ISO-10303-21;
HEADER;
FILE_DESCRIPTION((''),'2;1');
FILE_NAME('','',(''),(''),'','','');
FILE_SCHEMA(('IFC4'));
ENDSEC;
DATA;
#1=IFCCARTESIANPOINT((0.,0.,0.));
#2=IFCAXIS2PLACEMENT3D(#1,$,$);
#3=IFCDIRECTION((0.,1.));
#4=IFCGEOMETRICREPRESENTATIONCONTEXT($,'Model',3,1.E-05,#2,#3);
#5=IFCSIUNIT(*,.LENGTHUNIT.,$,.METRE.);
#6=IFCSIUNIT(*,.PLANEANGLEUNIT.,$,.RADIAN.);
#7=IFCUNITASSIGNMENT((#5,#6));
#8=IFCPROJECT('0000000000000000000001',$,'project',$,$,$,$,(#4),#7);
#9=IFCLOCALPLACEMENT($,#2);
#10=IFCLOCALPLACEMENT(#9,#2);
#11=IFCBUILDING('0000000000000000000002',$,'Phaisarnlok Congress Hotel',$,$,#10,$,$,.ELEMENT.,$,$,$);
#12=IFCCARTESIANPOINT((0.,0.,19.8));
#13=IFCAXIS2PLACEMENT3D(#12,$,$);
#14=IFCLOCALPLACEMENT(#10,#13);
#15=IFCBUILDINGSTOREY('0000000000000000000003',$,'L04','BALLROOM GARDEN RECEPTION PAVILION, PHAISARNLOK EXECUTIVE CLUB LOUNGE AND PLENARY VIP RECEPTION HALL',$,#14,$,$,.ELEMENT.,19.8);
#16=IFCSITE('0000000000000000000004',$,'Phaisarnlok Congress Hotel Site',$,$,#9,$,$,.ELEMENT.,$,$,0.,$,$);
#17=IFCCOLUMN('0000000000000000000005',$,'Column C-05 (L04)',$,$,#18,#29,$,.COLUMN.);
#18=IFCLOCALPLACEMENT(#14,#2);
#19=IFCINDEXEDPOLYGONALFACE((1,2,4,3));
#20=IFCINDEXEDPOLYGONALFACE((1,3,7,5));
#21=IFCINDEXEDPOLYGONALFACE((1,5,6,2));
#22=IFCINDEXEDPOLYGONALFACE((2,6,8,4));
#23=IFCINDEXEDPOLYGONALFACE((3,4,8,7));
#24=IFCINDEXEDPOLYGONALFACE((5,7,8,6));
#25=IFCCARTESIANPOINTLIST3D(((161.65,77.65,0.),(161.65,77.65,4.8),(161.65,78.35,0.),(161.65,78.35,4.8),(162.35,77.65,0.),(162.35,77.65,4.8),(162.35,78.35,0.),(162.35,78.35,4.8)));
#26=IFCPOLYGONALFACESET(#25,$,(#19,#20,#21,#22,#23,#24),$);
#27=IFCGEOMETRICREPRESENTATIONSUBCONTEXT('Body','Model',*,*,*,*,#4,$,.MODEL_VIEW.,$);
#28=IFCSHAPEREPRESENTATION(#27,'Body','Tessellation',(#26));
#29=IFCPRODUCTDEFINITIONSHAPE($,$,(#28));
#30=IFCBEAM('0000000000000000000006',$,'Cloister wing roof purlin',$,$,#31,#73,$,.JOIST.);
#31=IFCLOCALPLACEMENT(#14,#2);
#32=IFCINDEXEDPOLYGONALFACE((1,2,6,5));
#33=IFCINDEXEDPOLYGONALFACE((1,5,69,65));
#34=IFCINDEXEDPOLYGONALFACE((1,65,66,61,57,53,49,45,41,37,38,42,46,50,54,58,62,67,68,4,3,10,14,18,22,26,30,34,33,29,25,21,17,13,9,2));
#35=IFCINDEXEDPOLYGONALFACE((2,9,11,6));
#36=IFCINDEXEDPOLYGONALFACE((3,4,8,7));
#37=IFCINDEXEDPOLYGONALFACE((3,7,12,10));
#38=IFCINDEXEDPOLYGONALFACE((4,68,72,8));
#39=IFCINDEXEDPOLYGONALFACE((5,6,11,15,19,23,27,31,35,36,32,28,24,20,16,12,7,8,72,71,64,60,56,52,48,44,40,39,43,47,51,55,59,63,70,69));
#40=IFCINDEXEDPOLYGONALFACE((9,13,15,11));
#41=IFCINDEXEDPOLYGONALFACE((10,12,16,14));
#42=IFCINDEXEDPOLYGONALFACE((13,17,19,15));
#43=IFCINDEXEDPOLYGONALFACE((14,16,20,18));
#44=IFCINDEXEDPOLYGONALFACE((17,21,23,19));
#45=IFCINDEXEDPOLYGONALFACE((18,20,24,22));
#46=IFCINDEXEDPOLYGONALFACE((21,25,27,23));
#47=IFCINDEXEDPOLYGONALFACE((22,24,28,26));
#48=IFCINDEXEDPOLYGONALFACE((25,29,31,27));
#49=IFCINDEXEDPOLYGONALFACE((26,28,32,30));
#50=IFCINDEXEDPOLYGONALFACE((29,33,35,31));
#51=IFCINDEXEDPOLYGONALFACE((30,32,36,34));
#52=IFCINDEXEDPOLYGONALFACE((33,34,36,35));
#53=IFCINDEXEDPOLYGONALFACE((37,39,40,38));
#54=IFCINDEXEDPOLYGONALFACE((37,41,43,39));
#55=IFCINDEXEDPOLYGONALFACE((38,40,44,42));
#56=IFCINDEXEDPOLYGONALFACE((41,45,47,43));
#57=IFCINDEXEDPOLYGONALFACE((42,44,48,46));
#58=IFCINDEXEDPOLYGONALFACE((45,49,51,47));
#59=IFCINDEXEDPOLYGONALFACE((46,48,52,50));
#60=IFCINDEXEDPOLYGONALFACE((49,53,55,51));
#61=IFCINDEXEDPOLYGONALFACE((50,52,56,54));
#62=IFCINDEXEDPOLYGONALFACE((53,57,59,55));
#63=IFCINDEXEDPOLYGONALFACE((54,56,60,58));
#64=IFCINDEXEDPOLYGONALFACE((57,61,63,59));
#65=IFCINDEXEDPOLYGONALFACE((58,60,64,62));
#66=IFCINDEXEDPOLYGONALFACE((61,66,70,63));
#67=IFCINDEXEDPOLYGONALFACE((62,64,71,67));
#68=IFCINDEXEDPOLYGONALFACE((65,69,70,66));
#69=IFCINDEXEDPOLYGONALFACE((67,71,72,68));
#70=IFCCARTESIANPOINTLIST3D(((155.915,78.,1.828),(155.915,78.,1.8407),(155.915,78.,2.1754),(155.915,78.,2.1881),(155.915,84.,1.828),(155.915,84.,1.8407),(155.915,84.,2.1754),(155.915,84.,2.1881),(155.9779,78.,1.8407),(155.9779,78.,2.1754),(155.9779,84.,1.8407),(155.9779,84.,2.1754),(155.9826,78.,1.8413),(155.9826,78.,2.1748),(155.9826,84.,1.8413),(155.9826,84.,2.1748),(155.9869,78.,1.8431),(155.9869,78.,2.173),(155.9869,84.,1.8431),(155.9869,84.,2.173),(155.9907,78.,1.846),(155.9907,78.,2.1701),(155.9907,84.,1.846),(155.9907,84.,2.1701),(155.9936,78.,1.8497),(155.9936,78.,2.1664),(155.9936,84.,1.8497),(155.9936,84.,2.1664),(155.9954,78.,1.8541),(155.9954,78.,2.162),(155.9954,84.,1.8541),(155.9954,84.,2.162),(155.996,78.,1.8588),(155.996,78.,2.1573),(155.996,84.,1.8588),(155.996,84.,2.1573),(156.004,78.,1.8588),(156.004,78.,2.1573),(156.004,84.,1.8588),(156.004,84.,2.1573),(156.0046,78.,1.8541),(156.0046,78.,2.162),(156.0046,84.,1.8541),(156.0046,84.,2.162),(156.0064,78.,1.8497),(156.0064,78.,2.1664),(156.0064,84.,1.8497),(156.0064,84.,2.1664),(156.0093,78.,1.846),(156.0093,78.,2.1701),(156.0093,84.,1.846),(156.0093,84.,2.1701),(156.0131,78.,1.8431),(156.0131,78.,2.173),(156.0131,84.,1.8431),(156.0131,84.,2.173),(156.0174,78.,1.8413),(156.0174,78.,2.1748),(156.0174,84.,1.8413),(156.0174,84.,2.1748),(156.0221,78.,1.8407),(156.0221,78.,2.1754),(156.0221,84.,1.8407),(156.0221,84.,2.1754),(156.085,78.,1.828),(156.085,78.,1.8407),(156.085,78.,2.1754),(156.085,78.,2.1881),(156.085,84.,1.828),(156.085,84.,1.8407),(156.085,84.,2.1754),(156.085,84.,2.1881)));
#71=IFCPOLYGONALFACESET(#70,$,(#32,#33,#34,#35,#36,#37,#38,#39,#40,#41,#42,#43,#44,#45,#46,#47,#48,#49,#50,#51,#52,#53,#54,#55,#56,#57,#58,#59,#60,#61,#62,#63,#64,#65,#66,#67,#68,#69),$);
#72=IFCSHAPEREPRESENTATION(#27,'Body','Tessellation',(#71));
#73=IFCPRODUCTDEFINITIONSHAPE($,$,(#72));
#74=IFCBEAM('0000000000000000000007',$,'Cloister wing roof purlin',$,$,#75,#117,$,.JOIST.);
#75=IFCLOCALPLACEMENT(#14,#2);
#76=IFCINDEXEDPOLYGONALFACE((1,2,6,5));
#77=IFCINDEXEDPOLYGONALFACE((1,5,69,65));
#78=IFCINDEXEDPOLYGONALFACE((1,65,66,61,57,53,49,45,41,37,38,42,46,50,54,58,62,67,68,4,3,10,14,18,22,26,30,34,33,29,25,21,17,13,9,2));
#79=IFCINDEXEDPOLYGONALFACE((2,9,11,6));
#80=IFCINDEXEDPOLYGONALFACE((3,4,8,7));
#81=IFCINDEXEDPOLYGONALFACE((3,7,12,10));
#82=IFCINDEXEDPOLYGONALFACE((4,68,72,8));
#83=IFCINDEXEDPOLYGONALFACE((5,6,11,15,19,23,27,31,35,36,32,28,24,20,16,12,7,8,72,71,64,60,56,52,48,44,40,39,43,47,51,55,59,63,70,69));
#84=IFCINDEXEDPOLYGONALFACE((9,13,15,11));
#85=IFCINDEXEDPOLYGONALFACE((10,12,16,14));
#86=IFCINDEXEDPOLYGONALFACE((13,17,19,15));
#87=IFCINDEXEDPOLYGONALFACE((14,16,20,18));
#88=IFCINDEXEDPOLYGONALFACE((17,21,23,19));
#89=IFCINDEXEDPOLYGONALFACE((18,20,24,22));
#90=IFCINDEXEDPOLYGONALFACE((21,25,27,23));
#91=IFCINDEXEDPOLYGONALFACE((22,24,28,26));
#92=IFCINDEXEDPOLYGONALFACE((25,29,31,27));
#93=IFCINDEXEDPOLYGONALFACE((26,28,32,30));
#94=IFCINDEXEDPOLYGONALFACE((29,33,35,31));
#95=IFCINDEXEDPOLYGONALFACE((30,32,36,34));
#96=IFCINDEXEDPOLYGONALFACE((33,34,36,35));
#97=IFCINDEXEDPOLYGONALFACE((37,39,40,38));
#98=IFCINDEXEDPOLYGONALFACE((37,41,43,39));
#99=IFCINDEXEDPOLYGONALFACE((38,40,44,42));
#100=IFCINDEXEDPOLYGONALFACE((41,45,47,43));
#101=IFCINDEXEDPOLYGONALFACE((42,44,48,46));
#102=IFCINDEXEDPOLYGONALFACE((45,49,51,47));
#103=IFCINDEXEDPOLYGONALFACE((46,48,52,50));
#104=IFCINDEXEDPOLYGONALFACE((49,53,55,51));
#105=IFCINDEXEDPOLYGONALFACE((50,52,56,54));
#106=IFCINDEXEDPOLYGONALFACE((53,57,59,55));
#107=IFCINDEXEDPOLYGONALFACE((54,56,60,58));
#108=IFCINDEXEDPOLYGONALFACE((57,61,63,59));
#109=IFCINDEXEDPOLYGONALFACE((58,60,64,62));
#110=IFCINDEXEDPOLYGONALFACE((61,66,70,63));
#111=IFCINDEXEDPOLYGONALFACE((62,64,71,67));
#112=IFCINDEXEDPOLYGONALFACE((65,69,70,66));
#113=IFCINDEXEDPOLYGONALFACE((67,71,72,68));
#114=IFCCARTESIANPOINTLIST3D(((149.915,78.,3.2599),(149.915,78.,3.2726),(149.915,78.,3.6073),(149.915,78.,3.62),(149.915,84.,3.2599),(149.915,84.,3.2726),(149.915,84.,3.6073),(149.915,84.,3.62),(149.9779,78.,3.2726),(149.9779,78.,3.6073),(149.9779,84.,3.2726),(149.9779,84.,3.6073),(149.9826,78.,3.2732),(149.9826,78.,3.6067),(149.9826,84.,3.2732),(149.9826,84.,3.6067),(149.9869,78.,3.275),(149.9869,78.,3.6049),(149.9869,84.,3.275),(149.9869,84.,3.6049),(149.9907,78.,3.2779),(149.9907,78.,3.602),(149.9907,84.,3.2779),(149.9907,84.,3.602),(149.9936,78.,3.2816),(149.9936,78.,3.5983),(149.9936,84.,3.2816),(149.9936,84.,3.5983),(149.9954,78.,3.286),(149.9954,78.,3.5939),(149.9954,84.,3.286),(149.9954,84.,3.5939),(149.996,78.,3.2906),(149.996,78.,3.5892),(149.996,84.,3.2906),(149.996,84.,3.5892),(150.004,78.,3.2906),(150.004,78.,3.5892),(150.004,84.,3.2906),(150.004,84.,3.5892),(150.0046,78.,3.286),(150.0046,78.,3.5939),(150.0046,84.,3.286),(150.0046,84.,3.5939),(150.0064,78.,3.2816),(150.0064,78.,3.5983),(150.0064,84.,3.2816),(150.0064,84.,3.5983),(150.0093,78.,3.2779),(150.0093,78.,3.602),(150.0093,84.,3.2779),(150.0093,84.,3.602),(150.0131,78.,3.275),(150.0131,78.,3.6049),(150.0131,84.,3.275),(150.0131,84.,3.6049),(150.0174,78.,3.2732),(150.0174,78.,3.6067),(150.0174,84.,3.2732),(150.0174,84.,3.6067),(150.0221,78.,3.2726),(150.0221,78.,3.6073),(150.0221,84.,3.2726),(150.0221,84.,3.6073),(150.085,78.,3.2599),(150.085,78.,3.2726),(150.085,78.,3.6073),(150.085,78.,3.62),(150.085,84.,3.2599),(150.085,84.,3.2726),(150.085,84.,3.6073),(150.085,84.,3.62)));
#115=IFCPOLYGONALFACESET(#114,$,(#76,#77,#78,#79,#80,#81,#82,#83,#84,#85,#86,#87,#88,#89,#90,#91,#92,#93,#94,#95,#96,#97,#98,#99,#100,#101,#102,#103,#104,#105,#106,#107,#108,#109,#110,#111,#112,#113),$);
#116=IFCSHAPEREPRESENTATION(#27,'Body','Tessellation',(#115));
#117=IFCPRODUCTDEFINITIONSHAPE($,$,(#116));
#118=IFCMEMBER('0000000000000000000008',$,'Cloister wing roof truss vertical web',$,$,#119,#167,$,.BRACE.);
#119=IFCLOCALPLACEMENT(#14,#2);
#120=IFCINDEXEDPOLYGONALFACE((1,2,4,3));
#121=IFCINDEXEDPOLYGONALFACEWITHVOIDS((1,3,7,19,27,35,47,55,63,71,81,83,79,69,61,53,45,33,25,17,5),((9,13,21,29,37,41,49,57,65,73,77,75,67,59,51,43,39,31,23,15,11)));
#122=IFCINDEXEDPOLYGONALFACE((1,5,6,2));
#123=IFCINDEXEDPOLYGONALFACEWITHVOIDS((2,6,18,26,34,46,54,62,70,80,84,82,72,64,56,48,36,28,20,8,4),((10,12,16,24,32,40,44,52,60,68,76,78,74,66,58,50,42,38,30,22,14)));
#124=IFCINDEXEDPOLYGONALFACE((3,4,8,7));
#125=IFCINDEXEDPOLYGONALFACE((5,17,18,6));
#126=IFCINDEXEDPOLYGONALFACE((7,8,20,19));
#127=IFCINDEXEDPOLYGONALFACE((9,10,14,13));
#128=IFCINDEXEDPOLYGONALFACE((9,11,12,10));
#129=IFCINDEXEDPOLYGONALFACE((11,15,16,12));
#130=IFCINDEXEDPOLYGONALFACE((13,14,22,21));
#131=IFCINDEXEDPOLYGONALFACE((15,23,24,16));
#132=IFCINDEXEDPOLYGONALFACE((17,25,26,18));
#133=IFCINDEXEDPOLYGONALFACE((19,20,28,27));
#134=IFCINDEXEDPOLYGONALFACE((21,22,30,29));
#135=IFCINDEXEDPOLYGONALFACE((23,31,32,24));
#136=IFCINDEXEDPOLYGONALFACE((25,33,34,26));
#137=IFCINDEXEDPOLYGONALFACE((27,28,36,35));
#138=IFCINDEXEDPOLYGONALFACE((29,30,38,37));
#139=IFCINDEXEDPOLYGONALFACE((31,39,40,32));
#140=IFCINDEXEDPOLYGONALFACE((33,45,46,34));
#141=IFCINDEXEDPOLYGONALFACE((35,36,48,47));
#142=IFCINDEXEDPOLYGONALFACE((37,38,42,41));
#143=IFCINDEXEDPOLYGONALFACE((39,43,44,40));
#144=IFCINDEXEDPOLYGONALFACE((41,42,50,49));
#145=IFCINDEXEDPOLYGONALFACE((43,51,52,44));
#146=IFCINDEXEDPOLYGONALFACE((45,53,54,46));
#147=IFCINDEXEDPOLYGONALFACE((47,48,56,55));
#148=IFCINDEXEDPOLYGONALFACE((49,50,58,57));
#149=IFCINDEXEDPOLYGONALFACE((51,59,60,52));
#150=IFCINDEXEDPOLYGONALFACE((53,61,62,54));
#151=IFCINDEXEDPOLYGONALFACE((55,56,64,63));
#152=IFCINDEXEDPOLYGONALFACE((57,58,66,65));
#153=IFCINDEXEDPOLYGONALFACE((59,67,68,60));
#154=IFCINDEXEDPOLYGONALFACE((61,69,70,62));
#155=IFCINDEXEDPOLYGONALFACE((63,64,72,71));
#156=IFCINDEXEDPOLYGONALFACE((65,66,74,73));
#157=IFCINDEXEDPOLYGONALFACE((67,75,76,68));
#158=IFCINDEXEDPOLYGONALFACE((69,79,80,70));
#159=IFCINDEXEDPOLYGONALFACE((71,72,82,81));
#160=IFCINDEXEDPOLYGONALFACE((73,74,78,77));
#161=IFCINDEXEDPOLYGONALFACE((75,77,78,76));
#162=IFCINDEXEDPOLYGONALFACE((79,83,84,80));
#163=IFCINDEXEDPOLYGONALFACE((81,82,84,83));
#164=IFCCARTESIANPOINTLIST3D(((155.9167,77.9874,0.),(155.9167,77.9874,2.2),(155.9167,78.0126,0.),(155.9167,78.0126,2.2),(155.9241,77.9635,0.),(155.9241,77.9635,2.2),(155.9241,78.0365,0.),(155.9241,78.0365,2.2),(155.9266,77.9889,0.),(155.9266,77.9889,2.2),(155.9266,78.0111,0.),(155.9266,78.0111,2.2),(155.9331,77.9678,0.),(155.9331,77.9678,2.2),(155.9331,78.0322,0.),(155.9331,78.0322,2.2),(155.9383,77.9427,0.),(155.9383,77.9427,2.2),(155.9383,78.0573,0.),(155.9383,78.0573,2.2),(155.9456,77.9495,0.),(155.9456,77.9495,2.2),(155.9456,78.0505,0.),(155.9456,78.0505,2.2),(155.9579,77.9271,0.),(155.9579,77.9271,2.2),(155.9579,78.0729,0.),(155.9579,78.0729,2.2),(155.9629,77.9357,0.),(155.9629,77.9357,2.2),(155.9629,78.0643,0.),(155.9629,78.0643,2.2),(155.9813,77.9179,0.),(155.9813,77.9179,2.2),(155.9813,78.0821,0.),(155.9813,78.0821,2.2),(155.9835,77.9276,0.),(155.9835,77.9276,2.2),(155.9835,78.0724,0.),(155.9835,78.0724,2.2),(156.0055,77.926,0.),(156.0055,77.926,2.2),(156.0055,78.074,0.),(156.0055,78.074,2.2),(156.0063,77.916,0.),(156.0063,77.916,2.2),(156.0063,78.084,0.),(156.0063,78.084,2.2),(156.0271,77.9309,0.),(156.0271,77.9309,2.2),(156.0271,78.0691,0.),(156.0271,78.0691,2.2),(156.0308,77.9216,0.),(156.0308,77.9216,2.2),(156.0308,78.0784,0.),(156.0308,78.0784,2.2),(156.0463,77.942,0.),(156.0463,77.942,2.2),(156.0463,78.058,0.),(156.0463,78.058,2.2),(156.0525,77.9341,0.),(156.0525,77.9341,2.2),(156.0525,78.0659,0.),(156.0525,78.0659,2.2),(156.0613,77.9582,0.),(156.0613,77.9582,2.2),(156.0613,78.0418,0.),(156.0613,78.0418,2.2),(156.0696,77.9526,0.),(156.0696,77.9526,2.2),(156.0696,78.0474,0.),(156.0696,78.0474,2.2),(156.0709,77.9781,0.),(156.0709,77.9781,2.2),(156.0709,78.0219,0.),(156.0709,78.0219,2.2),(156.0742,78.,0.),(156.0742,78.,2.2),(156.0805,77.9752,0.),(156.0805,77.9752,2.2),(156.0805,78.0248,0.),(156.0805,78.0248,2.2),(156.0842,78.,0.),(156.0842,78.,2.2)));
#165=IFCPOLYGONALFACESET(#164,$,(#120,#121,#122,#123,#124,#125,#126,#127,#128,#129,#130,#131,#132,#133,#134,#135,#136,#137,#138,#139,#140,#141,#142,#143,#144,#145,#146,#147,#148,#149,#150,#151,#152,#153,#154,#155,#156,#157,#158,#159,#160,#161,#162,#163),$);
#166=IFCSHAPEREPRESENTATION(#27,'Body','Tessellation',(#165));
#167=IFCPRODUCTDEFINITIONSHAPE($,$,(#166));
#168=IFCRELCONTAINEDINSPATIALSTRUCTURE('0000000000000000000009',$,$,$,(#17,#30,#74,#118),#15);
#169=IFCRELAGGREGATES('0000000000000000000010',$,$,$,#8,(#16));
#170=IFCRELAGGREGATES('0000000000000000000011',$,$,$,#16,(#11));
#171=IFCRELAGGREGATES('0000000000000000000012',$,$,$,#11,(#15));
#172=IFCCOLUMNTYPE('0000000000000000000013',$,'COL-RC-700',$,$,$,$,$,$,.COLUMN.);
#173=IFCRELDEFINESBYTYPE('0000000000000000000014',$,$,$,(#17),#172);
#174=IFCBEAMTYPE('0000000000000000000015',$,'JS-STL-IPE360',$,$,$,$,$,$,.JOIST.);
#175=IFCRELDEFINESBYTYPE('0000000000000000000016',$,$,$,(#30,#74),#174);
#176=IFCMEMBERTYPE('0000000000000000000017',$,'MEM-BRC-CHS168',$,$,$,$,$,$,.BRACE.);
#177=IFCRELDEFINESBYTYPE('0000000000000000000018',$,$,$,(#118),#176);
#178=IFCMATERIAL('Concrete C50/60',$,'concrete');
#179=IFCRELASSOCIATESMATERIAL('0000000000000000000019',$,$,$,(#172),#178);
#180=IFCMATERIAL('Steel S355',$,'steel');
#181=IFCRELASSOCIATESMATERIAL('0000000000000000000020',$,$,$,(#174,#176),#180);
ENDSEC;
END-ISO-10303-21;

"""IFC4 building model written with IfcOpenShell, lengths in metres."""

from ifc_helpers import new_model, si_unit, direction, frame, origin, origin_2d, place, context, subcontext, project, spatial, rectangle, hollow_circle, i_section, extrude, material, material_profile, profile_set, type_object, element, save


model = new_model("IFC4")

# Units and contexts
model_context = context("Model", 3, precision=1e-05, world=origin(), true_north=direction((0.0, 1.0)))
body_context = subcontext(model_context, "Body", "Model", "MODEL_VIEW")
ifc_project = project(units=[si_unit("LENGTHUNIT", "METRE"), si_unit("PLANEANGLEUNIT", "RADIAN")], contexts=[model_context])

# Site, building, storey
site_placement = place(None, origin())
site = spatial("IfcSite", under=ifc_project, at=site_placement, Name="Phaisarnlok Congress Hotel Site", CompositionType="ELEMENT", RefElevation=0.0)
building_placement = place(site_placement, origin())
building = spatial("IfcBuilding", under=site, at=building_placement, Name="Phaisarnlok Congress Hotel", CompositionType="ELEMENT")
storey_placement = place(building_placement, frame((0.0, 0.0, 19.8)))
storey = spatial("IfcBuildingStorey", under=building, at=storey_placement, Name="L04", Description="BALLROOM GARDEN RECEPTION PAVILION, PHAISARNLOK EXECUTIVE CLUB LOUNGE AND PLENARY VIP RECEPTION HALL", CompositionType="ELEMENT", Elevation=19.8)

# Column
ifc_material_1 = material(Name="Concrete C50/60", Category="concrete")
ifc_material_profile_1 = material_profile(ifc_material_1, rectangle(XDim=0.7, YDim=0.7, at=origin_2d()), Name="RC 700x700")
ifc_profile_set_1 = profile_set([ifc_material_profile_1], Name="Concrete C50/60")
column_type = type_object("IfcColumnType", Name="COL-RC-700", PredefinedType="COLUMN", material=ifc_profile_set_1)
column_placement = place(storey_placement, frame((162.0, 78.0, 0.0), z_axis=(0.0, 0.0, 1.0), x_axis=(1.0, 0.0, 0.0)))
element("IfcColumn", 1, at=column_placement, inside=storey, type_object=column_type, Name="Column C-05 (L04)", PredefinedType="COLUMN", context=body_context, shape_type="SweptSolid", body=[
    extrude(rectangle(XDim=0.7, YDim=0.7, at=origin_2d()), origin(), (0.0, 0.0, 1.0), 4.8),
])

# Beams
ifc_material_2 = material(Name="Steel S355", Category="steel")
ifc_material_profile_2 = material_profile(ifc_material_2, i_section(OverallWidth=0.1699, OverallDepth=0.3601, WebThickness=0.0081, FlangeThickness=0.0127, FilletRadius=0.0181, at=origin_2d()), Name="IPE 360")
ifc_profile_set_2 = profile_set([ifc_material_profile_2], Name="Steel S355")
beam_type = type_object("IfcBeamType", Name="JS-STL-IPE360", PredefinedType="JOIST", material=ifc_profile_set_2)
for number, where, z_axis, x_axis, name in (
    (2, (156.0, 78.0, 2.0081), (0.0, 1.0, 0.0), (-1.0, 0.0, 0.0), "Cloister wing roof purlin"),
    (3, (150.0, 78.0, 3.4399), (0.0, 1.0, 0.0), (-1.0, 0.0, 0.0), "Cloister wing roof purlin"),
):
    element("IfcBeam", number, at=place(storey_placement, frame(where, z_axis=z_axis, x_axis=x_axis)), inside=storey, type_object=beam_type, Name=name, PredefinedType="JOIST", context=body_context, shape_type="SweptSolid", body=[
        extrude(i_section(OverallWidth=0.1699, OverallDepth=0.3601, WebThickness=0.0081, FlangeThickness=0.0127, FilletRadius=0.0181, at=origin_2d()), origin(), (0.0, 0.0, 1.0), 6.0),
    ])

# Member
ifc_material_profile_3 = material_profile(ifc_material_2, hollow_circle(Radius=0.0842, WallThickness=0.01, at=origin_2d()), Name="CHS 168.3x10")
ifc_profile_set_3 = profile_set([ifc_material_profile_3], Name="Steel S355")
member_type_1 = type_object("IfcMemberType", Name="MEM-BRC-CHS168", PredefinedType="BRACE", material=ifc_profile_set_3)
member_1_placement = place(storey_placement, frame((156.0, 78.0, 0.0), z_axis=(0.0, 0.0, 1.0), x_axis=(1.0, 0.0, 0.0)))
element("IfcMember", 4, at=member_1_placement, inside=storey, type_object=member_type_1, Name="Cloister wing roof truss vertical web", PredefinedType="BRACE", context=body_context, shape_type="SweptSolid", body=[
    extrude(hollow_circle(Radius=0.0842, WallThickness=0.01, at=origin_2d()), origin(), (0.0, 0.0, 1.0), 2.2),
])

save(model, "model.ifc")
